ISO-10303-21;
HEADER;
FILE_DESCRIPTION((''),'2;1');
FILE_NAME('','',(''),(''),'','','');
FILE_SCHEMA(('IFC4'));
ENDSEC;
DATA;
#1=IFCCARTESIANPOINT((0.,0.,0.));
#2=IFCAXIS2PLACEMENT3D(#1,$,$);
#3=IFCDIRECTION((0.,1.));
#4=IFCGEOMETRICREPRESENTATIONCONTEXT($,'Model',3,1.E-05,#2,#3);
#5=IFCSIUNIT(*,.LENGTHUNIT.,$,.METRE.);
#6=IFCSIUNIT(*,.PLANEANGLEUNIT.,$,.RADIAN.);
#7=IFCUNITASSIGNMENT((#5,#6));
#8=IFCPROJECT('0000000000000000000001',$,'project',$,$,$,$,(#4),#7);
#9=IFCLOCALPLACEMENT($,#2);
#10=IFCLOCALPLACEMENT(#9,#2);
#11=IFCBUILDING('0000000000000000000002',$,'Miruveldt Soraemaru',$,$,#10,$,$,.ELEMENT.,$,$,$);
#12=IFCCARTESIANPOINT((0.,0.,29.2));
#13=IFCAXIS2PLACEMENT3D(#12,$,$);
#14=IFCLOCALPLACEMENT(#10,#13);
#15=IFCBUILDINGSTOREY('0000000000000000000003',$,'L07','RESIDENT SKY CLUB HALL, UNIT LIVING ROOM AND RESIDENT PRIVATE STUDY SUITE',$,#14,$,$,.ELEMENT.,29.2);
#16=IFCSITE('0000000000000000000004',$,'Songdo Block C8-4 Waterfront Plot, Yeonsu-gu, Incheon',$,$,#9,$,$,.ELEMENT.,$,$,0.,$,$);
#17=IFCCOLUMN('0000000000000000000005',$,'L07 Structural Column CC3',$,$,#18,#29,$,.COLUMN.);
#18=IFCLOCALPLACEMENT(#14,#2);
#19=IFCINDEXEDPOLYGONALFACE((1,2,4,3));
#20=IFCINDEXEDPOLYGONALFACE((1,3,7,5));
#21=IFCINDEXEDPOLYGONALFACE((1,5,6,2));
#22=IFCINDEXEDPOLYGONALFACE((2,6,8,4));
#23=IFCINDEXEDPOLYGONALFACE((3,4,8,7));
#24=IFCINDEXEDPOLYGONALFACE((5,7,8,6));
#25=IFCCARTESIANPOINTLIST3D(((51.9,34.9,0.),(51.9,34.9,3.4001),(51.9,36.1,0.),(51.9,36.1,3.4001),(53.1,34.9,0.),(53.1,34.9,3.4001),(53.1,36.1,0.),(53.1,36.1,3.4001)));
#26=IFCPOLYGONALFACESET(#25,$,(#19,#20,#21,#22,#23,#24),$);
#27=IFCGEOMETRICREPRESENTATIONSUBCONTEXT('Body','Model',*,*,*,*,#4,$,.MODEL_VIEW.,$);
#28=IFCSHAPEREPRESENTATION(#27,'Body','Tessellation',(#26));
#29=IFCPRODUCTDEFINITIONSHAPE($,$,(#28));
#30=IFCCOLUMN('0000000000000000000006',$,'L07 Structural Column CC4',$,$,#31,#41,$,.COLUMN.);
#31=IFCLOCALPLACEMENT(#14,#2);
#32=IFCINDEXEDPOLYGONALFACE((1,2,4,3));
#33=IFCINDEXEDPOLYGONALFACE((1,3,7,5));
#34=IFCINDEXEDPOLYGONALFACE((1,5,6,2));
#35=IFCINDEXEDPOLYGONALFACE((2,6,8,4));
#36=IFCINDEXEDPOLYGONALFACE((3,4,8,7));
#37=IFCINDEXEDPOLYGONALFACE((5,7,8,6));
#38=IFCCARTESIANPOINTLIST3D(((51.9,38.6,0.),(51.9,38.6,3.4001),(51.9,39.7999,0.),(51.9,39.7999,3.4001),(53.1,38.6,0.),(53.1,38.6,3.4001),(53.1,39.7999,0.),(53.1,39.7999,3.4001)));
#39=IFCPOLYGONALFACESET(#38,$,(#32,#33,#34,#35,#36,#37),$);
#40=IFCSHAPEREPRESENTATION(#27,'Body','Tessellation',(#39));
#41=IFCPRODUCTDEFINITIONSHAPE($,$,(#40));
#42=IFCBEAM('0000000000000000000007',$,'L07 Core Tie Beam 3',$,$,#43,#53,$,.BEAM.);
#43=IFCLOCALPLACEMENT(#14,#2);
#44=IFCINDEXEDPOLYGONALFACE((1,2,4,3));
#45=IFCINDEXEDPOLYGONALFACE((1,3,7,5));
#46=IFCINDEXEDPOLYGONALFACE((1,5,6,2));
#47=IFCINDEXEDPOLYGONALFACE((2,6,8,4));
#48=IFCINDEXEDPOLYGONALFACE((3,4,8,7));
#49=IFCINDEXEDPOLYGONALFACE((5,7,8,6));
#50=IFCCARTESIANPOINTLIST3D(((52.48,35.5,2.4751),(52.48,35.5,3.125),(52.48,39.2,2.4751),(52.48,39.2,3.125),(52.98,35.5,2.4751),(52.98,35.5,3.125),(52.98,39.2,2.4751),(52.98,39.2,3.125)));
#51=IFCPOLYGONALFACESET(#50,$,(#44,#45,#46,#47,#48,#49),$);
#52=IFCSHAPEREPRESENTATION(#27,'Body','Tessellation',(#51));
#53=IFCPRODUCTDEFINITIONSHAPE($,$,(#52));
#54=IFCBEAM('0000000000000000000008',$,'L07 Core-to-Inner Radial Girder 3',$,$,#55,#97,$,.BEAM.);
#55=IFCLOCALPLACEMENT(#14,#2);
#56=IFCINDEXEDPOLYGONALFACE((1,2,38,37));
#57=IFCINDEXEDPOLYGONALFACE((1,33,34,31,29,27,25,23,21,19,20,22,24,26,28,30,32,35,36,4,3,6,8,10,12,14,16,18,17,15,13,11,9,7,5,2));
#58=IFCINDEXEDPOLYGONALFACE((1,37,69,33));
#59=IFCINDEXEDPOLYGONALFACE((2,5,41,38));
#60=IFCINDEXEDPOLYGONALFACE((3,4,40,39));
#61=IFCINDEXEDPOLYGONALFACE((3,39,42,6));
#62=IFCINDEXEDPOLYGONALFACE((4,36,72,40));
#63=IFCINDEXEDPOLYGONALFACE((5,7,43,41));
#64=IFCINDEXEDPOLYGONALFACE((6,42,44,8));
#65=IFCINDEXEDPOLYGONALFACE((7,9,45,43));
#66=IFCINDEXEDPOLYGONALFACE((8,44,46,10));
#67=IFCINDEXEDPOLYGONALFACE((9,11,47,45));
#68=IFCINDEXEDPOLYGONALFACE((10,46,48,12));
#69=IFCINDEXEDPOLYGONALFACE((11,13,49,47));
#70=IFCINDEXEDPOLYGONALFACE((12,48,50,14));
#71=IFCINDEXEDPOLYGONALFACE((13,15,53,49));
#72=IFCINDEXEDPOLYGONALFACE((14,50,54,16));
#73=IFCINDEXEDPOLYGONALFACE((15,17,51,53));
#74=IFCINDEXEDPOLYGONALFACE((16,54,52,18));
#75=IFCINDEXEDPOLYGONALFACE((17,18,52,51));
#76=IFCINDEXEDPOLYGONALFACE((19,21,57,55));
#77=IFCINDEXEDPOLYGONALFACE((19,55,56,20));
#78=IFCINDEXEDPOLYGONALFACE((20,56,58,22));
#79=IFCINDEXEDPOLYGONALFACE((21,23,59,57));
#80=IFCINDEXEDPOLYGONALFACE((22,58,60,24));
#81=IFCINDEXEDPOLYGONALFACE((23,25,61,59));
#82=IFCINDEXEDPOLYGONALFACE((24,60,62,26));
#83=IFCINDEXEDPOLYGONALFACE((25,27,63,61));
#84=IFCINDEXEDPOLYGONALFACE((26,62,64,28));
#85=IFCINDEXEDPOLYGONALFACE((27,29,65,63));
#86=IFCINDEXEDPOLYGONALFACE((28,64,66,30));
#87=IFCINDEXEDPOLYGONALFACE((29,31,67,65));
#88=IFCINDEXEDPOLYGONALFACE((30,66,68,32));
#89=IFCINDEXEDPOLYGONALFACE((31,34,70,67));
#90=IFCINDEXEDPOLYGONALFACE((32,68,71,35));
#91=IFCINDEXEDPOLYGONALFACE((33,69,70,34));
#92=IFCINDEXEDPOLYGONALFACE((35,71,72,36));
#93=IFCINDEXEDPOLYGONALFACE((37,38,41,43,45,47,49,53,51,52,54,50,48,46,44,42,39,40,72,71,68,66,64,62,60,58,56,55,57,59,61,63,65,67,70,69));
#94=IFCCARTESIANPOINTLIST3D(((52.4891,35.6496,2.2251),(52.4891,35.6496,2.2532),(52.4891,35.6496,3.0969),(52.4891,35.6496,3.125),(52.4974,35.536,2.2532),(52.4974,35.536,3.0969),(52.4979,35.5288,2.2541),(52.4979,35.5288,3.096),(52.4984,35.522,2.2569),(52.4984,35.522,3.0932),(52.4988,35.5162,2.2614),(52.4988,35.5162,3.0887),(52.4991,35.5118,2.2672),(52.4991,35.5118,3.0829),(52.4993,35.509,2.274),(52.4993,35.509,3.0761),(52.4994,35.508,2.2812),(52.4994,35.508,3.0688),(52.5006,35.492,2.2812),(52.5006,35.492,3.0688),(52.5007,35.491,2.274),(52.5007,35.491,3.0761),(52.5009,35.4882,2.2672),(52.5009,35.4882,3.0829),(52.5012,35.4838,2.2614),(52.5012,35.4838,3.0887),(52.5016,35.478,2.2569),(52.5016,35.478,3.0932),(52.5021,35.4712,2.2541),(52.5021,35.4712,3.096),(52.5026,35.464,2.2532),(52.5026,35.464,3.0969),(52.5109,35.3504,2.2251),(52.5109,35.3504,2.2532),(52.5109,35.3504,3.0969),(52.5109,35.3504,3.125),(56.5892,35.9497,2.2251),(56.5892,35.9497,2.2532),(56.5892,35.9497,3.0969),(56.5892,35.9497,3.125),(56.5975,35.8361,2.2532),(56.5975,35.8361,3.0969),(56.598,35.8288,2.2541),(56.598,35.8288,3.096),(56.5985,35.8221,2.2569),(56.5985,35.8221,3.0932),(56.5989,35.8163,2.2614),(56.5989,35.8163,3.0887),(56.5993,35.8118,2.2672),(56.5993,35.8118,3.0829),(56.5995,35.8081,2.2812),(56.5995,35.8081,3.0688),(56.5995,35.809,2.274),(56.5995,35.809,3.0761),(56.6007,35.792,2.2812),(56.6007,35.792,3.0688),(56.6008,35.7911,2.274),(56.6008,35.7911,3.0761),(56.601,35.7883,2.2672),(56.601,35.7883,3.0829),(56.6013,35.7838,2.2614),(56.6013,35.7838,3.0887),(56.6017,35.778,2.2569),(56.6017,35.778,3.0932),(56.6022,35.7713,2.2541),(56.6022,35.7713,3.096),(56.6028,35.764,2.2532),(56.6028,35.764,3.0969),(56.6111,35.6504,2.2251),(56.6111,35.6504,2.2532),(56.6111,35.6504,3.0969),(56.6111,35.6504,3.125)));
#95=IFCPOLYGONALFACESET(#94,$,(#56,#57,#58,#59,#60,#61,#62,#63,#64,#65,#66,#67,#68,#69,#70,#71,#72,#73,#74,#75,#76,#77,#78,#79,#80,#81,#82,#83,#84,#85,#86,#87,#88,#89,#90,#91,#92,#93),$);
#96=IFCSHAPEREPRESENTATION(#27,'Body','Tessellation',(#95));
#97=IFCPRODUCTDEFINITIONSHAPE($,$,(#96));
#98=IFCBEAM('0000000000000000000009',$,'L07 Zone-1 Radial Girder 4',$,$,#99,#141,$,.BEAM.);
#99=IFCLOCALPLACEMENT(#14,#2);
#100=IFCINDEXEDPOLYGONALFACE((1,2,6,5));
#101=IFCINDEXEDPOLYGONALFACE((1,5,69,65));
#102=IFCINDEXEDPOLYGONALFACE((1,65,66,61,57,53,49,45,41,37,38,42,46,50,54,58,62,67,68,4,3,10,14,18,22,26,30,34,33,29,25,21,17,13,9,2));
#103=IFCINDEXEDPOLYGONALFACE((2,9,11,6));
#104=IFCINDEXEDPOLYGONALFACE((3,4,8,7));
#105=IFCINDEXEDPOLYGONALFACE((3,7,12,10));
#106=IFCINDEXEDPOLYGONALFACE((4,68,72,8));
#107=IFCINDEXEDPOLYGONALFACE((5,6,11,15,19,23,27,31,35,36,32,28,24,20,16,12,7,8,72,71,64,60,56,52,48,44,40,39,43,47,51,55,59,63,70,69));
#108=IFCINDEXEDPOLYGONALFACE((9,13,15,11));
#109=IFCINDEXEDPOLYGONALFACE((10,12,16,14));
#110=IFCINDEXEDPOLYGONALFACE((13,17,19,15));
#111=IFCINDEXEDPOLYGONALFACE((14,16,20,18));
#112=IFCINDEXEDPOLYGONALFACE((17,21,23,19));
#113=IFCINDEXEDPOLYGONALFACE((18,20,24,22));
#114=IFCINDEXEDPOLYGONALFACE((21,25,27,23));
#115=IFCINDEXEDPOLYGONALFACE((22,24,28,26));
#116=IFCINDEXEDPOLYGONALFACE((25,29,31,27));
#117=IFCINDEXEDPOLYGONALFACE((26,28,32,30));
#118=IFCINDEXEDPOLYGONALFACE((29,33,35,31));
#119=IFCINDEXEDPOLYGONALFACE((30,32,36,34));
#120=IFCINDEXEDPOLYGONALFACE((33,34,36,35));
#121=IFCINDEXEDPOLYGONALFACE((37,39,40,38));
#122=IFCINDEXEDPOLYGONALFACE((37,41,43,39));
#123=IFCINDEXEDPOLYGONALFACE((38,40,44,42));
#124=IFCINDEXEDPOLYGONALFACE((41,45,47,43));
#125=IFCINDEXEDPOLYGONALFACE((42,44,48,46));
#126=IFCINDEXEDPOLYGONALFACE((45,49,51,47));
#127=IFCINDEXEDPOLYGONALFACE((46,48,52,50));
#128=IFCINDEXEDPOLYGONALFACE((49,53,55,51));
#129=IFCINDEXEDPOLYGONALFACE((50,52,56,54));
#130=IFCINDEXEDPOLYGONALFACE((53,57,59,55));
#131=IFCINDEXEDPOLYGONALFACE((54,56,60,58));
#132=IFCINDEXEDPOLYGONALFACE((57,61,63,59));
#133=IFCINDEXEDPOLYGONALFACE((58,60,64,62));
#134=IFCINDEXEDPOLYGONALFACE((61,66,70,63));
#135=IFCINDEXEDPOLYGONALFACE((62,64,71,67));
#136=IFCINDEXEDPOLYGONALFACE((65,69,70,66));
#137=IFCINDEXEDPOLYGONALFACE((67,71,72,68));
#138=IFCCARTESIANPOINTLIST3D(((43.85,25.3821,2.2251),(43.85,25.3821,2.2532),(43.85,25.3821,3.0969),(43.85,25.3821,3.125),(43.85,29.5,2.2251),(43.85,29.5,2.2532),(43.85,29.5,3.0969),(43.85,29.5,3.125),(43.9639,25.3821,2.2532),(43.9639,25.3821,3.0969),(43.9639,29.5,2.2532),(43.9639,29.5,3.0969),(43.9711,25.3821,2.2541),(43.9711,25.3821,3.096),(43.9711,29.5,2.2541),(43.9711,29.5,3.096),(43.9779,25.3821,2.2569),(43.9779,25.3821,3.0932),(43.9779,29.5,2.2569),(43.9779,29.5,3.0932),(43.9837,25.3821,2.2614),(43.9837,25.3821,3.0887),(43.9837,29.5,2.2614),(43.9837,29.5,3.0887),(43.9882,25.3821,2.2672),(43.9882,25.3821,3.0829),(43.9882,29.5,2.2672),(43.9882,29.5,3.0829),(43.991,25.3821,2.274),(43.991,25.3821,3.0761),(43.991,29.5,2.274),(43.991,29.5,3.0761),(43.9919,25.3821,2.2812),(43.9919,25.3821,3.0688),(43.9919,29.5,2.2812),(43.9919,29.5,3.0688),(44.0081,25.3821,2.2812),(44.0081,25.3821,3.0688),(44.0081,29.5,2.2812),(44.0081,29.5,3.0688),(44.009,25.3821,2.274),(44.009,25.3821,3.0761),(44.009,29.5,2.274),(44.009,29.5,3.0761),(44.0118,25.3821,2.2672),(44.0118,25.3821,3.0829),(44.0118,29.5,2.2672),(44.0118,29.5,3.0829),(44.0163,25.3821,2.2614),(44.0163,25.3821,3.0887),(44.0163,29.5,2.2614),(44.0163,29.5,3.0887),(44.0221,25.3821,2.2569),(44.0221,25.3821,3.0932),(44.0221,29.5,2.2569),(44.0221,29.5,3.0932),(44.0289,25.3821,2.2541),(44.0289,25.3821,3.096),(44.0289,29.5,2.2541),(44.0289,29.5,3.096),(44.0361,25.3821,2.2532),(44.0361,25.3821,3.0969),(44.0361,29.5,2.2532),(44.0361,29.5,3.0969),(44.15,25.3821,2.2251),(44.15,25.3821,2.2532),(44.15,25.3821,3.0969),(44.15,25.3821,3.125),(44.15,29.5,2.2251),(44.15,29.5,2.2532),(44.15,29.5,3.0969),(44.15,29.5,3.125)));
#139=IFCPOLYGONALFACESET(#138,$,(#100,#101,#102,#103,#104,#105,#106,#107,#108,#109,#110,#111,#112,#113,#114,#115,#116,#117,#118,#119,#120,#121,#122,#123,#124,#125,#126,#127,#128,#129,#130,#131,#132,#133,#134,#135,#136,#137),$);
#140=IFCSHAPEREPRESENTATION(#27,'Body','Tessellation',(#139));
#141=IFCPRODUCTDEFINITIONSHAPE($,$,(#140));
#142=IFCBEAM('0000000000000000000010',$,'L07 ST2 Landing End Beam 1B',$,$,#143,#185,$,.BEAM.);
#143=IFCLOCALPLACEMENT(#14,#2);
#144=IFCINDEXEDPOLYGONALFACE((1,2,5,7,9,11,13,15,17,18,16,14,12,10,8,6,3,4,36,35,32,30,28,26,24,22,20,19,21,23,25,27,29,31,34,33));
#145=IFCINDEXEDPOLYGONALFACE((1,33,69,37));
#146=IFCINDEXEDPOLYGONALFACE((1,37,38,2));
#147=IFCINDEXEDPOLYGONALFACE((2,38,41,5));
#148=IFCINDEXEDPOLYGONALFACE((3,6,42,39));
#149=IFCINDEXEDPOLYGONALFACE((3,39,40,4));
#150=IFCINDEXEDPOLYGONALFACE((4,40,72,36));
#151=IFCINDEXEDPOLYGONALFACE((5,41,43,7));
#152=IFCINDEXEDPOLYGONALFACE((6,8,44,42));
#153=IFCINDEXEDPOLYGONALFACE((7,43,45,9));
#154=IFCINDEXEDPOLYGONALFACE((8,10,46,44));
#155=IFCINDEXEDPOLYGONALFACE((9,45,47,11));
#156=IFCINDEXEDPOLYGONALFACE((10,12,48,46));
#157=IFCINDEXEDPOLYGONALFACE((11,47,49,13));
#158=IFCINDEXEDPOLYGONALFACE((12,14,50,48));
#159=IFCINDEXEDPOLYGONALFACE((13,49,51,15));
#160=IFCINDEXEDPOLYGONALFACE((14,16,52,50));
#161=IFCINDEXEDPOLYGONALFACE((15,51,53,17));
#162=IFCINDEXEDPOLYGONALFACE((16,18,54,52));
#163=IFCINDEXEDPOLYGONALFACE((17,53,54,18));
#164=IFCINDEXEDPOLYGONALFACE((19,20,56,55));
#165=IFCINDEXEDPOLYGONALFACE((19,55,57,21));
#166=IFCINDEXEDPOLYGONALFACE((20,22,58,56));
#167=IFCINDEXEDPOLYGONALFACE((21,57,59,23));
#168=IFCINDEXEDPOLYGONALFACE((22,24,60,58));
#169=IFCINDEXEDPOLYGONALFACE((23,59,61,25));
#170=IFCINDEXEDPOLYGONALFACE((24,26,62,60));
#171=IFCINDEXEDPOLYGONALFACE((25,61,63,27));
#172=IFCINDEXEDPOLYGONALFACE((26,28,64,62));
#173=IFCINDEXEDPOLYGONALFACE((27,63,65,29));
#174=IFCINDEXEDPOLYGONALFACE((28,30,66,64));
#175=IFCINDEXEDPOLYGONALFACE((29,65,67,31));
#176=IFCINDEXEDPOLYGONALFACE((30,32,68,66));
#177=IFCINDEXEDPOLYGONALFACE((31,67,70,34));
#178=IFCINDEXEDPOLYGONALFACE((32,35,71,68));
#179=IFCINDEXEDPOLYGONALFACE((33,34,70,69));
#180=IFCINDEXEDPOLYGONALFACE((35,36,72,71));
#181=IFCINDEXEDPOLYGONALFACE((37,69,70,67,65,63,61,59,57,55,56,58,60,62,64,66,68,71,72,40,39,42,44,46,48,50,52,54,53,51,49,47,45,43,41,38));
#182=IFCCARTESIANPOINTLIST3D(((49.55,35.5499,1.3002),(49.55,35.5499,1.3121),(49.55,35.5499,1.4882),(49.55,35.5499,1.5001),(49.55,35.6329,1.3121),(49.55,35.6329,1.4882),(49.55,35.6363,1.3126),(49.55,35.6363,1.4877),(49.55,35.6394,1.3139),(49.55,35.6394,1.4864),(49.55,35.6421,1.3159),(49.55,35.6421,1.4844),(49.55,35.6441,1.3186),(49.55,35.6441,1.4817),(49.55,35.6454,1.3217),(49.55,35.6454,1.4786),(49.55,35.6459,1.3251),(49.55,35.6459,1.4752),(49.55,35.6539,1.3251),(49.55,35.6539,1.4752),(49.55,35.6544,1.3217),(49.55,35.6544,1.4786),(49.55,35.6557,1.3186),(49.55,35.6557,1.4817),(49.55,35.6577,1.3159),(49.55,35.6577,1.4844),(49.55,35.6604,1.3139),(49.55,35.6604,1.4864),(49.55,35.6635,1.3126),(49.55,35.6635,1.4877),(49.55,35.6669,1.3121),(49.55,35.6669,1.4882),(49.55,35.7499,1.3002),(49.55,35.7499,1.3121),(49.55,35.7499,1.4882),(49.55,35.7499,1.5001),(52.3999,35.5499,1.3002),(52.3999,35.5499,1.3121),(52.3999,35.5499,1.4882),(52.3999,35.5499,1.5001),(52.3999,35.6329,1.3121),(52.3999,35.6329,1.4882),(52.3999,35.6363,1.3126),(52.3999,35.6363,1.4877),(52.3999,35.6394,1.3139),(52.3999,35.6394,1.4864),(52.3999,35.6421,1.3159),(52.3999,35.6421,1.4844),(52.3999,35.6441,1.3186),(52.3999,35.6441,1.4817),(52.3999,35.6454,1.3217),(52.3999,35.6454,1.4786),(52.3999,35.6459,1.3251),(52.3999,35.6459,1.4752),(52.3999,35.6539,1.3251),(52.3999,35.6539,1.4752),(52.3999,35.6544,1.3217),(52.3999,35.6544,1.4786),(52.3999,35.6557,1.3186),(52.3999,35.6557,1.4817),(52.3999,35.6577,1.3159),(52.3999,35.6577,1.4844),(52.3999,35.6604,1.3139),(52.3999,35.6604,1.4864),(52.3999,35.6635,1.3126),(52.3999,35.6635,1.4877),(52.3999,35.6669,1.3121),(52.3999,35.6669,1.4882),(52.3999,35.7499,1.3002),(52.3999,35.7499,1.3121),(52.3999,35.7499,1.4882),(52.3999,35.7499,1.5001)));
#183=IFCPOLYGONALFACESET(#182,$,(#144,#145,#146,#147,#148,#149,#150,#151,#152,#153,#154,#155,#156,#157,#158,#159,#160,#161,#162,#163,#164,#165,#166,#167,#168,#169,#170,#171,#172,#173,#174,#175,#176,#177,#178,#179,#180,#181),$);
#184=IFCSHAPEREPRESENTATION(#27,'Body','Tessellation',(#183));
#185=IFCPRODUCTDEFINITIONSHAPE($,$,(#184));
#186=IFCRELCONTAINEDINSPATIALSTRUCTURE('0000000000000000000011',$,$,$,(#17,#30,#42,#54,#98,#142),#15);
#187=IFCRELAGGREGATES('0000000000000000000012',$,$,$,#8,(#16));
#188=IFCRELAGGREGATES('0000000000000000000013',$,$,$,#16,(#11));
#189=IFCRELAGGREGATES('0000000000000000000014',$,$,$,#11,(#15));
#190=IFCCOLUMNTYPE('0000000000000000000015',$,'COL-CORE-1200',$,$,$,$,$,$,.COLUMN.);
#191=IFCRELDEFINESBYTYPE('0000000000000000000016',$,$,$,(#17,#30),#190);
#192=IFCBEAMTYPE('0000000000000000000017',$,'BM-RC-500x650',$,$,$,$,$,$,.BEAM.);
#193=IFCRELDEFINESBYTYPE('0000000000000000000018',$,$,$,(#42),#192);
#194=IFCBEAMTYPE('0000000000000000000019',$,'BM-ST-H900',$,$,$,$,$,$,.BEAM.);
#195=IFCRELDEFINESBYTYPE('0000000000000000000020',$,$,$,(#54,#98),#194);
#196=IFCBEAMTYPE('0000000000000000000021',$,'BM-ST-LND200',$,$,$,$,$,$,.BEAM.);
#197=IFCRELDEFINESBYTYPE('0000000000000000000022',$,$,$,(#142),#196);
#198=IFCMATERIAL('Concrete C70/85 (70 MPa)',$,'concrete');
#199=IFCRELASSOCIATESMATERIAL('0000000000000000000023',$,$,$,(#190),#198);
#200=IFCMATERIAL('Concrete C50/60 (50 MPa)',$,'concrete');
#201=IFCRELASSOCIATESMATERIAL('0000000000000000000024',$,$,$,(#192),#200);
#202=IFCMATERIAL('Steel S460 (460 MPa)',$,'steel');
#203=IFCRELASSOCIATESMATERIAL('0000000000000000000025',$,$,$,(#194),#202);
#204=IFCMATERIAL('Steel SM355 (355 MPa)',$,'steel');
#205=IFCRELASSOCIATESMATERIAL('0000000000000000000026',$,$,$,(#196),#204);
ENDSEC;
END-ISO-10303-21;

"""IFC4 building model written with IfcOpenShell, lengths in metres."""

from ifc_helpers import new_model, si_unit, direction, frame, origin, origin_2d, place, context, subcontext, project, spatial, rectangle, i_section, extrude, material, material_profile, profile_set, type_object, element, save


model = new_model("IFC4")

# Units and contexts
model_context = context("Model", 3, precision=1e-05, world=origin(), true_north=direction((0.0, 1.0)))
body_context = subcontext(model_context, "Body", "Model", "MODEL_VIEW")
ifc_project = project(units=[si_unit("LENGTHUNIT", "METRE"), si_unit("PLANEANGLEUNIT", "RADIAN")], contexts=[model_context])

# Site, building, storey
site_placement = place(None, origin())
site = spatial("IfcSite", under=ifc_project, at=site_placement, Name="Songdo Block C8-4 Waterfront Plot, Yeonsu-gu, Incheon", CompositionType="ELEMENT", RefElevation=0.0)
building_placement = place(site_placement, origin())
building = spatial("IfcBuilding", under=site, at=building_placement, Name="Miruveldt Soraemaru", CompositionType="ELEMENT")
storey_placement = place(building_placement, frame((0.0, 0.0, 29.2)))
storey = spatial("IfcBuildingStorey", under=building, at=storey_placement, Name="L07", Description="RESIDENT SKY CLUB HALL, UNIT LIVING ROOM AND RESIDENT PRIVATE STUDY SUITE", CompositionType="ELEMENT", Elevation=29.2)

# Columns
ifc_material_1 = material(Name="Concrete C70/85 (70 MPa)", Category="concrete")
ifc_material_profile_1 = material_profile(ifc_material_1, rectangle(XDim=1.2, YDim=1.2, at=origin_2d()), Name="Concrete C70/85 (70 MPa)", Category="concrete")
ifc_profile_set_1 = profile_set([ifc_material_profile_1], Name="Concrete C70/85 (70 MPa)")
column_type = type_object("IfcColumnType", Name="COL-CORE-1200", PredefinedType="COLUMN", material=ifc_profile_set_1)
for number, where, z_axis, x_axis, name in (
    (1, (52.5, 35.5, 0.0), (0.0, 0.0, 1.0), (1.0, 0.0, 0.0), "L07 Structural Column CC3"),
    (2, (52.5, 39.2, 0.0), (0.0, 0.0, 1.0), (1.0, 0.0, 0.0), "L07 Structural Column CC4"),
):
    element("IfcColumn", number, at=place(storey_placement, frame(where, z_axis=z_axis, x_axis=x_axis)), inside=storey, type_object=column_type, Name=name, PredefinedType="COLUMN", context=body_context, shape_type="SweptSolid", body=[
        extrude(rectangle(XDim=1.2, YDim=1.2, at=origin_2d()), origin(), (0.0, 0.0, 1.0), 3.4001),
    ])

# Beams
ifc_material_2 = material(Name="Concrete C50/60 (50 MPa)", Category="concrete")
ifc_material_profile_2 = material_profile(ifc_material_2, rectangle(XDim=0.5, YDim=0.6499, at=origin_2d()), Name="Concrete C50/60 (50 MPa)", Category="concrete")
ifc_profile_set_2 = profile_set([ifc_material_profile_2], Name="Concrete C50/60 (50 MPa)")
beam_type_1 = type_object("IfcBeamType", Name="BM-RC-500x650", PredefinedType="BEAM", material=ifc_profile_set_2)
beam_1_placement = place(storey_placement, frame((52.73, 35.5, 2.8), z_axis=(0.0, 1.0, 0.0), x_axis=(-1.0, 0.0, 0.0)))
element("IfcBeam", 3, at=beam_1_placement, inside=storey, type_object=beam_type_1, Name="L07 Core Tie Beam 3", PredefinedType="BEAM", context=body_context, shape_type="SweptSolid", body=[
    extrude(rectangle(XDim=0.5, YDim=0.6499, at=origin_2d()), origin(), (0.0, 0.0, 1.0), 3.7),
])
ifc_material_3 = material(Name="Steel S460 (460 MPa)", Category="steel")
ifc_material_profile_3 = material_profile(ifc_material_3, i_section(OverallWidth=0.3, OverallDepth=0.8999, WebThickness=0.0161, FlangeThickness=0.0281, FilletRadius=0.0281, at=origin_2d()), Name="Steel S460 (460 MPa)", Category="steel")
ifc_profile_set_3 = profile_set([ifc_material_profile_3], Name="Steel S460 (460 MPa)")
beam_type_2 = type_object("IfcBeamType", Name="BM-ST-H900", PredefinedType="BEAM", material=ifc_profile_set_3)
beam_2_placement = place(storey_placement, frame((52.5, 35.5, 2.675), z_axis=(0.997333, 0.072986, 0.0), x_axis=(-0.072986, 0.997333, 0.0)))
element("IfcBeam", 4, at=beam_2_placement, inside=storey, type_object=beam_type_2, Name="L07 Core-to-Inner Radial Girder 3", PredefinedType="BEAM", context=body_context, shape_type="SweptSolid", body=[
    extrude(i_section(OverallWidth=0.3, OverallDepth=0.8999, WebThickness=0.0161, FlangeThickness=0.0281, FilletRadius=0.0281, at=origin_2d()), origin(), (0.0, 0.0, 1.0), 4.1111),
])
beam_3_placement = place(storey_placement, frame((44.0, 29.5, 2.675), z_axis=(0.0, -1.0, 0.0), x_axis=(1.0, 0.0, 0.0)))
element("IfcBeam", 5, at=beam_3_placement, inside=storey, type_object=beam_type_2, Name="L07 Zone-1 Radial Girder 4", PredefinedType="BEAM", context=body_context, shape_type="SweptSolid", body=[
    extrude(i_section(OverallWidth=0.3, OverallDepth=0.8999, WebThickness=0.0161, FlangeThickness=0.0281, FilletRadius=0.0281, at=origin_2d()), origin(), (0.0, 0.0, 1.0), 4.1179),
])
ifc_material_4 = material(Name="Steel SM355 (355 MPa)", Category="steel")
ifc_material_profile_4 = material_profile(ifc_material_4, i_section(OverallWidth=0.2, OverallDepth=0.2, WebThickness=0.0081, FlangeThickness=0.012, FilletRadius=0.0129, at=origin_2d()), Name="Steel SM355 (355 MPa)", Category="steel")
ifc_profile_set_4 = profile_set([ifc_material_profile_4], Name="Steel SM355 (355 MPa)")
beam_type_3 = type_object("IfcBeamType", Name="BM-ST-LND200", PredefinedType="BEAM", material=ifc_profile_set_4)
beam_4_placement = place(storey_placement, frame((49.55, 35.6499, 1.4001), z_axis=(1.0, 0.0, 0.0), x_axis=(0.0, 1.0, 0.0)))
element("IfcBeam", 6, at=beam_4_placement, inside=storey, type_object=beam_type_3, Name="L07 ST2 Landing End Beam 1B", PredefinedType="BEAM", context=body_context, shape_type="SweptSolid", body=[
    extrude(i_section(OverallWidth=0.2, OverallDepth=0.2, WebThickness=0.0081, FlangeThickness=0.012, FilletRadius=0.0129, at=origin_2d()), origin(), (0.0, 0.0, 1.0), 2.8499),
])

save(model, "model.ifc")
